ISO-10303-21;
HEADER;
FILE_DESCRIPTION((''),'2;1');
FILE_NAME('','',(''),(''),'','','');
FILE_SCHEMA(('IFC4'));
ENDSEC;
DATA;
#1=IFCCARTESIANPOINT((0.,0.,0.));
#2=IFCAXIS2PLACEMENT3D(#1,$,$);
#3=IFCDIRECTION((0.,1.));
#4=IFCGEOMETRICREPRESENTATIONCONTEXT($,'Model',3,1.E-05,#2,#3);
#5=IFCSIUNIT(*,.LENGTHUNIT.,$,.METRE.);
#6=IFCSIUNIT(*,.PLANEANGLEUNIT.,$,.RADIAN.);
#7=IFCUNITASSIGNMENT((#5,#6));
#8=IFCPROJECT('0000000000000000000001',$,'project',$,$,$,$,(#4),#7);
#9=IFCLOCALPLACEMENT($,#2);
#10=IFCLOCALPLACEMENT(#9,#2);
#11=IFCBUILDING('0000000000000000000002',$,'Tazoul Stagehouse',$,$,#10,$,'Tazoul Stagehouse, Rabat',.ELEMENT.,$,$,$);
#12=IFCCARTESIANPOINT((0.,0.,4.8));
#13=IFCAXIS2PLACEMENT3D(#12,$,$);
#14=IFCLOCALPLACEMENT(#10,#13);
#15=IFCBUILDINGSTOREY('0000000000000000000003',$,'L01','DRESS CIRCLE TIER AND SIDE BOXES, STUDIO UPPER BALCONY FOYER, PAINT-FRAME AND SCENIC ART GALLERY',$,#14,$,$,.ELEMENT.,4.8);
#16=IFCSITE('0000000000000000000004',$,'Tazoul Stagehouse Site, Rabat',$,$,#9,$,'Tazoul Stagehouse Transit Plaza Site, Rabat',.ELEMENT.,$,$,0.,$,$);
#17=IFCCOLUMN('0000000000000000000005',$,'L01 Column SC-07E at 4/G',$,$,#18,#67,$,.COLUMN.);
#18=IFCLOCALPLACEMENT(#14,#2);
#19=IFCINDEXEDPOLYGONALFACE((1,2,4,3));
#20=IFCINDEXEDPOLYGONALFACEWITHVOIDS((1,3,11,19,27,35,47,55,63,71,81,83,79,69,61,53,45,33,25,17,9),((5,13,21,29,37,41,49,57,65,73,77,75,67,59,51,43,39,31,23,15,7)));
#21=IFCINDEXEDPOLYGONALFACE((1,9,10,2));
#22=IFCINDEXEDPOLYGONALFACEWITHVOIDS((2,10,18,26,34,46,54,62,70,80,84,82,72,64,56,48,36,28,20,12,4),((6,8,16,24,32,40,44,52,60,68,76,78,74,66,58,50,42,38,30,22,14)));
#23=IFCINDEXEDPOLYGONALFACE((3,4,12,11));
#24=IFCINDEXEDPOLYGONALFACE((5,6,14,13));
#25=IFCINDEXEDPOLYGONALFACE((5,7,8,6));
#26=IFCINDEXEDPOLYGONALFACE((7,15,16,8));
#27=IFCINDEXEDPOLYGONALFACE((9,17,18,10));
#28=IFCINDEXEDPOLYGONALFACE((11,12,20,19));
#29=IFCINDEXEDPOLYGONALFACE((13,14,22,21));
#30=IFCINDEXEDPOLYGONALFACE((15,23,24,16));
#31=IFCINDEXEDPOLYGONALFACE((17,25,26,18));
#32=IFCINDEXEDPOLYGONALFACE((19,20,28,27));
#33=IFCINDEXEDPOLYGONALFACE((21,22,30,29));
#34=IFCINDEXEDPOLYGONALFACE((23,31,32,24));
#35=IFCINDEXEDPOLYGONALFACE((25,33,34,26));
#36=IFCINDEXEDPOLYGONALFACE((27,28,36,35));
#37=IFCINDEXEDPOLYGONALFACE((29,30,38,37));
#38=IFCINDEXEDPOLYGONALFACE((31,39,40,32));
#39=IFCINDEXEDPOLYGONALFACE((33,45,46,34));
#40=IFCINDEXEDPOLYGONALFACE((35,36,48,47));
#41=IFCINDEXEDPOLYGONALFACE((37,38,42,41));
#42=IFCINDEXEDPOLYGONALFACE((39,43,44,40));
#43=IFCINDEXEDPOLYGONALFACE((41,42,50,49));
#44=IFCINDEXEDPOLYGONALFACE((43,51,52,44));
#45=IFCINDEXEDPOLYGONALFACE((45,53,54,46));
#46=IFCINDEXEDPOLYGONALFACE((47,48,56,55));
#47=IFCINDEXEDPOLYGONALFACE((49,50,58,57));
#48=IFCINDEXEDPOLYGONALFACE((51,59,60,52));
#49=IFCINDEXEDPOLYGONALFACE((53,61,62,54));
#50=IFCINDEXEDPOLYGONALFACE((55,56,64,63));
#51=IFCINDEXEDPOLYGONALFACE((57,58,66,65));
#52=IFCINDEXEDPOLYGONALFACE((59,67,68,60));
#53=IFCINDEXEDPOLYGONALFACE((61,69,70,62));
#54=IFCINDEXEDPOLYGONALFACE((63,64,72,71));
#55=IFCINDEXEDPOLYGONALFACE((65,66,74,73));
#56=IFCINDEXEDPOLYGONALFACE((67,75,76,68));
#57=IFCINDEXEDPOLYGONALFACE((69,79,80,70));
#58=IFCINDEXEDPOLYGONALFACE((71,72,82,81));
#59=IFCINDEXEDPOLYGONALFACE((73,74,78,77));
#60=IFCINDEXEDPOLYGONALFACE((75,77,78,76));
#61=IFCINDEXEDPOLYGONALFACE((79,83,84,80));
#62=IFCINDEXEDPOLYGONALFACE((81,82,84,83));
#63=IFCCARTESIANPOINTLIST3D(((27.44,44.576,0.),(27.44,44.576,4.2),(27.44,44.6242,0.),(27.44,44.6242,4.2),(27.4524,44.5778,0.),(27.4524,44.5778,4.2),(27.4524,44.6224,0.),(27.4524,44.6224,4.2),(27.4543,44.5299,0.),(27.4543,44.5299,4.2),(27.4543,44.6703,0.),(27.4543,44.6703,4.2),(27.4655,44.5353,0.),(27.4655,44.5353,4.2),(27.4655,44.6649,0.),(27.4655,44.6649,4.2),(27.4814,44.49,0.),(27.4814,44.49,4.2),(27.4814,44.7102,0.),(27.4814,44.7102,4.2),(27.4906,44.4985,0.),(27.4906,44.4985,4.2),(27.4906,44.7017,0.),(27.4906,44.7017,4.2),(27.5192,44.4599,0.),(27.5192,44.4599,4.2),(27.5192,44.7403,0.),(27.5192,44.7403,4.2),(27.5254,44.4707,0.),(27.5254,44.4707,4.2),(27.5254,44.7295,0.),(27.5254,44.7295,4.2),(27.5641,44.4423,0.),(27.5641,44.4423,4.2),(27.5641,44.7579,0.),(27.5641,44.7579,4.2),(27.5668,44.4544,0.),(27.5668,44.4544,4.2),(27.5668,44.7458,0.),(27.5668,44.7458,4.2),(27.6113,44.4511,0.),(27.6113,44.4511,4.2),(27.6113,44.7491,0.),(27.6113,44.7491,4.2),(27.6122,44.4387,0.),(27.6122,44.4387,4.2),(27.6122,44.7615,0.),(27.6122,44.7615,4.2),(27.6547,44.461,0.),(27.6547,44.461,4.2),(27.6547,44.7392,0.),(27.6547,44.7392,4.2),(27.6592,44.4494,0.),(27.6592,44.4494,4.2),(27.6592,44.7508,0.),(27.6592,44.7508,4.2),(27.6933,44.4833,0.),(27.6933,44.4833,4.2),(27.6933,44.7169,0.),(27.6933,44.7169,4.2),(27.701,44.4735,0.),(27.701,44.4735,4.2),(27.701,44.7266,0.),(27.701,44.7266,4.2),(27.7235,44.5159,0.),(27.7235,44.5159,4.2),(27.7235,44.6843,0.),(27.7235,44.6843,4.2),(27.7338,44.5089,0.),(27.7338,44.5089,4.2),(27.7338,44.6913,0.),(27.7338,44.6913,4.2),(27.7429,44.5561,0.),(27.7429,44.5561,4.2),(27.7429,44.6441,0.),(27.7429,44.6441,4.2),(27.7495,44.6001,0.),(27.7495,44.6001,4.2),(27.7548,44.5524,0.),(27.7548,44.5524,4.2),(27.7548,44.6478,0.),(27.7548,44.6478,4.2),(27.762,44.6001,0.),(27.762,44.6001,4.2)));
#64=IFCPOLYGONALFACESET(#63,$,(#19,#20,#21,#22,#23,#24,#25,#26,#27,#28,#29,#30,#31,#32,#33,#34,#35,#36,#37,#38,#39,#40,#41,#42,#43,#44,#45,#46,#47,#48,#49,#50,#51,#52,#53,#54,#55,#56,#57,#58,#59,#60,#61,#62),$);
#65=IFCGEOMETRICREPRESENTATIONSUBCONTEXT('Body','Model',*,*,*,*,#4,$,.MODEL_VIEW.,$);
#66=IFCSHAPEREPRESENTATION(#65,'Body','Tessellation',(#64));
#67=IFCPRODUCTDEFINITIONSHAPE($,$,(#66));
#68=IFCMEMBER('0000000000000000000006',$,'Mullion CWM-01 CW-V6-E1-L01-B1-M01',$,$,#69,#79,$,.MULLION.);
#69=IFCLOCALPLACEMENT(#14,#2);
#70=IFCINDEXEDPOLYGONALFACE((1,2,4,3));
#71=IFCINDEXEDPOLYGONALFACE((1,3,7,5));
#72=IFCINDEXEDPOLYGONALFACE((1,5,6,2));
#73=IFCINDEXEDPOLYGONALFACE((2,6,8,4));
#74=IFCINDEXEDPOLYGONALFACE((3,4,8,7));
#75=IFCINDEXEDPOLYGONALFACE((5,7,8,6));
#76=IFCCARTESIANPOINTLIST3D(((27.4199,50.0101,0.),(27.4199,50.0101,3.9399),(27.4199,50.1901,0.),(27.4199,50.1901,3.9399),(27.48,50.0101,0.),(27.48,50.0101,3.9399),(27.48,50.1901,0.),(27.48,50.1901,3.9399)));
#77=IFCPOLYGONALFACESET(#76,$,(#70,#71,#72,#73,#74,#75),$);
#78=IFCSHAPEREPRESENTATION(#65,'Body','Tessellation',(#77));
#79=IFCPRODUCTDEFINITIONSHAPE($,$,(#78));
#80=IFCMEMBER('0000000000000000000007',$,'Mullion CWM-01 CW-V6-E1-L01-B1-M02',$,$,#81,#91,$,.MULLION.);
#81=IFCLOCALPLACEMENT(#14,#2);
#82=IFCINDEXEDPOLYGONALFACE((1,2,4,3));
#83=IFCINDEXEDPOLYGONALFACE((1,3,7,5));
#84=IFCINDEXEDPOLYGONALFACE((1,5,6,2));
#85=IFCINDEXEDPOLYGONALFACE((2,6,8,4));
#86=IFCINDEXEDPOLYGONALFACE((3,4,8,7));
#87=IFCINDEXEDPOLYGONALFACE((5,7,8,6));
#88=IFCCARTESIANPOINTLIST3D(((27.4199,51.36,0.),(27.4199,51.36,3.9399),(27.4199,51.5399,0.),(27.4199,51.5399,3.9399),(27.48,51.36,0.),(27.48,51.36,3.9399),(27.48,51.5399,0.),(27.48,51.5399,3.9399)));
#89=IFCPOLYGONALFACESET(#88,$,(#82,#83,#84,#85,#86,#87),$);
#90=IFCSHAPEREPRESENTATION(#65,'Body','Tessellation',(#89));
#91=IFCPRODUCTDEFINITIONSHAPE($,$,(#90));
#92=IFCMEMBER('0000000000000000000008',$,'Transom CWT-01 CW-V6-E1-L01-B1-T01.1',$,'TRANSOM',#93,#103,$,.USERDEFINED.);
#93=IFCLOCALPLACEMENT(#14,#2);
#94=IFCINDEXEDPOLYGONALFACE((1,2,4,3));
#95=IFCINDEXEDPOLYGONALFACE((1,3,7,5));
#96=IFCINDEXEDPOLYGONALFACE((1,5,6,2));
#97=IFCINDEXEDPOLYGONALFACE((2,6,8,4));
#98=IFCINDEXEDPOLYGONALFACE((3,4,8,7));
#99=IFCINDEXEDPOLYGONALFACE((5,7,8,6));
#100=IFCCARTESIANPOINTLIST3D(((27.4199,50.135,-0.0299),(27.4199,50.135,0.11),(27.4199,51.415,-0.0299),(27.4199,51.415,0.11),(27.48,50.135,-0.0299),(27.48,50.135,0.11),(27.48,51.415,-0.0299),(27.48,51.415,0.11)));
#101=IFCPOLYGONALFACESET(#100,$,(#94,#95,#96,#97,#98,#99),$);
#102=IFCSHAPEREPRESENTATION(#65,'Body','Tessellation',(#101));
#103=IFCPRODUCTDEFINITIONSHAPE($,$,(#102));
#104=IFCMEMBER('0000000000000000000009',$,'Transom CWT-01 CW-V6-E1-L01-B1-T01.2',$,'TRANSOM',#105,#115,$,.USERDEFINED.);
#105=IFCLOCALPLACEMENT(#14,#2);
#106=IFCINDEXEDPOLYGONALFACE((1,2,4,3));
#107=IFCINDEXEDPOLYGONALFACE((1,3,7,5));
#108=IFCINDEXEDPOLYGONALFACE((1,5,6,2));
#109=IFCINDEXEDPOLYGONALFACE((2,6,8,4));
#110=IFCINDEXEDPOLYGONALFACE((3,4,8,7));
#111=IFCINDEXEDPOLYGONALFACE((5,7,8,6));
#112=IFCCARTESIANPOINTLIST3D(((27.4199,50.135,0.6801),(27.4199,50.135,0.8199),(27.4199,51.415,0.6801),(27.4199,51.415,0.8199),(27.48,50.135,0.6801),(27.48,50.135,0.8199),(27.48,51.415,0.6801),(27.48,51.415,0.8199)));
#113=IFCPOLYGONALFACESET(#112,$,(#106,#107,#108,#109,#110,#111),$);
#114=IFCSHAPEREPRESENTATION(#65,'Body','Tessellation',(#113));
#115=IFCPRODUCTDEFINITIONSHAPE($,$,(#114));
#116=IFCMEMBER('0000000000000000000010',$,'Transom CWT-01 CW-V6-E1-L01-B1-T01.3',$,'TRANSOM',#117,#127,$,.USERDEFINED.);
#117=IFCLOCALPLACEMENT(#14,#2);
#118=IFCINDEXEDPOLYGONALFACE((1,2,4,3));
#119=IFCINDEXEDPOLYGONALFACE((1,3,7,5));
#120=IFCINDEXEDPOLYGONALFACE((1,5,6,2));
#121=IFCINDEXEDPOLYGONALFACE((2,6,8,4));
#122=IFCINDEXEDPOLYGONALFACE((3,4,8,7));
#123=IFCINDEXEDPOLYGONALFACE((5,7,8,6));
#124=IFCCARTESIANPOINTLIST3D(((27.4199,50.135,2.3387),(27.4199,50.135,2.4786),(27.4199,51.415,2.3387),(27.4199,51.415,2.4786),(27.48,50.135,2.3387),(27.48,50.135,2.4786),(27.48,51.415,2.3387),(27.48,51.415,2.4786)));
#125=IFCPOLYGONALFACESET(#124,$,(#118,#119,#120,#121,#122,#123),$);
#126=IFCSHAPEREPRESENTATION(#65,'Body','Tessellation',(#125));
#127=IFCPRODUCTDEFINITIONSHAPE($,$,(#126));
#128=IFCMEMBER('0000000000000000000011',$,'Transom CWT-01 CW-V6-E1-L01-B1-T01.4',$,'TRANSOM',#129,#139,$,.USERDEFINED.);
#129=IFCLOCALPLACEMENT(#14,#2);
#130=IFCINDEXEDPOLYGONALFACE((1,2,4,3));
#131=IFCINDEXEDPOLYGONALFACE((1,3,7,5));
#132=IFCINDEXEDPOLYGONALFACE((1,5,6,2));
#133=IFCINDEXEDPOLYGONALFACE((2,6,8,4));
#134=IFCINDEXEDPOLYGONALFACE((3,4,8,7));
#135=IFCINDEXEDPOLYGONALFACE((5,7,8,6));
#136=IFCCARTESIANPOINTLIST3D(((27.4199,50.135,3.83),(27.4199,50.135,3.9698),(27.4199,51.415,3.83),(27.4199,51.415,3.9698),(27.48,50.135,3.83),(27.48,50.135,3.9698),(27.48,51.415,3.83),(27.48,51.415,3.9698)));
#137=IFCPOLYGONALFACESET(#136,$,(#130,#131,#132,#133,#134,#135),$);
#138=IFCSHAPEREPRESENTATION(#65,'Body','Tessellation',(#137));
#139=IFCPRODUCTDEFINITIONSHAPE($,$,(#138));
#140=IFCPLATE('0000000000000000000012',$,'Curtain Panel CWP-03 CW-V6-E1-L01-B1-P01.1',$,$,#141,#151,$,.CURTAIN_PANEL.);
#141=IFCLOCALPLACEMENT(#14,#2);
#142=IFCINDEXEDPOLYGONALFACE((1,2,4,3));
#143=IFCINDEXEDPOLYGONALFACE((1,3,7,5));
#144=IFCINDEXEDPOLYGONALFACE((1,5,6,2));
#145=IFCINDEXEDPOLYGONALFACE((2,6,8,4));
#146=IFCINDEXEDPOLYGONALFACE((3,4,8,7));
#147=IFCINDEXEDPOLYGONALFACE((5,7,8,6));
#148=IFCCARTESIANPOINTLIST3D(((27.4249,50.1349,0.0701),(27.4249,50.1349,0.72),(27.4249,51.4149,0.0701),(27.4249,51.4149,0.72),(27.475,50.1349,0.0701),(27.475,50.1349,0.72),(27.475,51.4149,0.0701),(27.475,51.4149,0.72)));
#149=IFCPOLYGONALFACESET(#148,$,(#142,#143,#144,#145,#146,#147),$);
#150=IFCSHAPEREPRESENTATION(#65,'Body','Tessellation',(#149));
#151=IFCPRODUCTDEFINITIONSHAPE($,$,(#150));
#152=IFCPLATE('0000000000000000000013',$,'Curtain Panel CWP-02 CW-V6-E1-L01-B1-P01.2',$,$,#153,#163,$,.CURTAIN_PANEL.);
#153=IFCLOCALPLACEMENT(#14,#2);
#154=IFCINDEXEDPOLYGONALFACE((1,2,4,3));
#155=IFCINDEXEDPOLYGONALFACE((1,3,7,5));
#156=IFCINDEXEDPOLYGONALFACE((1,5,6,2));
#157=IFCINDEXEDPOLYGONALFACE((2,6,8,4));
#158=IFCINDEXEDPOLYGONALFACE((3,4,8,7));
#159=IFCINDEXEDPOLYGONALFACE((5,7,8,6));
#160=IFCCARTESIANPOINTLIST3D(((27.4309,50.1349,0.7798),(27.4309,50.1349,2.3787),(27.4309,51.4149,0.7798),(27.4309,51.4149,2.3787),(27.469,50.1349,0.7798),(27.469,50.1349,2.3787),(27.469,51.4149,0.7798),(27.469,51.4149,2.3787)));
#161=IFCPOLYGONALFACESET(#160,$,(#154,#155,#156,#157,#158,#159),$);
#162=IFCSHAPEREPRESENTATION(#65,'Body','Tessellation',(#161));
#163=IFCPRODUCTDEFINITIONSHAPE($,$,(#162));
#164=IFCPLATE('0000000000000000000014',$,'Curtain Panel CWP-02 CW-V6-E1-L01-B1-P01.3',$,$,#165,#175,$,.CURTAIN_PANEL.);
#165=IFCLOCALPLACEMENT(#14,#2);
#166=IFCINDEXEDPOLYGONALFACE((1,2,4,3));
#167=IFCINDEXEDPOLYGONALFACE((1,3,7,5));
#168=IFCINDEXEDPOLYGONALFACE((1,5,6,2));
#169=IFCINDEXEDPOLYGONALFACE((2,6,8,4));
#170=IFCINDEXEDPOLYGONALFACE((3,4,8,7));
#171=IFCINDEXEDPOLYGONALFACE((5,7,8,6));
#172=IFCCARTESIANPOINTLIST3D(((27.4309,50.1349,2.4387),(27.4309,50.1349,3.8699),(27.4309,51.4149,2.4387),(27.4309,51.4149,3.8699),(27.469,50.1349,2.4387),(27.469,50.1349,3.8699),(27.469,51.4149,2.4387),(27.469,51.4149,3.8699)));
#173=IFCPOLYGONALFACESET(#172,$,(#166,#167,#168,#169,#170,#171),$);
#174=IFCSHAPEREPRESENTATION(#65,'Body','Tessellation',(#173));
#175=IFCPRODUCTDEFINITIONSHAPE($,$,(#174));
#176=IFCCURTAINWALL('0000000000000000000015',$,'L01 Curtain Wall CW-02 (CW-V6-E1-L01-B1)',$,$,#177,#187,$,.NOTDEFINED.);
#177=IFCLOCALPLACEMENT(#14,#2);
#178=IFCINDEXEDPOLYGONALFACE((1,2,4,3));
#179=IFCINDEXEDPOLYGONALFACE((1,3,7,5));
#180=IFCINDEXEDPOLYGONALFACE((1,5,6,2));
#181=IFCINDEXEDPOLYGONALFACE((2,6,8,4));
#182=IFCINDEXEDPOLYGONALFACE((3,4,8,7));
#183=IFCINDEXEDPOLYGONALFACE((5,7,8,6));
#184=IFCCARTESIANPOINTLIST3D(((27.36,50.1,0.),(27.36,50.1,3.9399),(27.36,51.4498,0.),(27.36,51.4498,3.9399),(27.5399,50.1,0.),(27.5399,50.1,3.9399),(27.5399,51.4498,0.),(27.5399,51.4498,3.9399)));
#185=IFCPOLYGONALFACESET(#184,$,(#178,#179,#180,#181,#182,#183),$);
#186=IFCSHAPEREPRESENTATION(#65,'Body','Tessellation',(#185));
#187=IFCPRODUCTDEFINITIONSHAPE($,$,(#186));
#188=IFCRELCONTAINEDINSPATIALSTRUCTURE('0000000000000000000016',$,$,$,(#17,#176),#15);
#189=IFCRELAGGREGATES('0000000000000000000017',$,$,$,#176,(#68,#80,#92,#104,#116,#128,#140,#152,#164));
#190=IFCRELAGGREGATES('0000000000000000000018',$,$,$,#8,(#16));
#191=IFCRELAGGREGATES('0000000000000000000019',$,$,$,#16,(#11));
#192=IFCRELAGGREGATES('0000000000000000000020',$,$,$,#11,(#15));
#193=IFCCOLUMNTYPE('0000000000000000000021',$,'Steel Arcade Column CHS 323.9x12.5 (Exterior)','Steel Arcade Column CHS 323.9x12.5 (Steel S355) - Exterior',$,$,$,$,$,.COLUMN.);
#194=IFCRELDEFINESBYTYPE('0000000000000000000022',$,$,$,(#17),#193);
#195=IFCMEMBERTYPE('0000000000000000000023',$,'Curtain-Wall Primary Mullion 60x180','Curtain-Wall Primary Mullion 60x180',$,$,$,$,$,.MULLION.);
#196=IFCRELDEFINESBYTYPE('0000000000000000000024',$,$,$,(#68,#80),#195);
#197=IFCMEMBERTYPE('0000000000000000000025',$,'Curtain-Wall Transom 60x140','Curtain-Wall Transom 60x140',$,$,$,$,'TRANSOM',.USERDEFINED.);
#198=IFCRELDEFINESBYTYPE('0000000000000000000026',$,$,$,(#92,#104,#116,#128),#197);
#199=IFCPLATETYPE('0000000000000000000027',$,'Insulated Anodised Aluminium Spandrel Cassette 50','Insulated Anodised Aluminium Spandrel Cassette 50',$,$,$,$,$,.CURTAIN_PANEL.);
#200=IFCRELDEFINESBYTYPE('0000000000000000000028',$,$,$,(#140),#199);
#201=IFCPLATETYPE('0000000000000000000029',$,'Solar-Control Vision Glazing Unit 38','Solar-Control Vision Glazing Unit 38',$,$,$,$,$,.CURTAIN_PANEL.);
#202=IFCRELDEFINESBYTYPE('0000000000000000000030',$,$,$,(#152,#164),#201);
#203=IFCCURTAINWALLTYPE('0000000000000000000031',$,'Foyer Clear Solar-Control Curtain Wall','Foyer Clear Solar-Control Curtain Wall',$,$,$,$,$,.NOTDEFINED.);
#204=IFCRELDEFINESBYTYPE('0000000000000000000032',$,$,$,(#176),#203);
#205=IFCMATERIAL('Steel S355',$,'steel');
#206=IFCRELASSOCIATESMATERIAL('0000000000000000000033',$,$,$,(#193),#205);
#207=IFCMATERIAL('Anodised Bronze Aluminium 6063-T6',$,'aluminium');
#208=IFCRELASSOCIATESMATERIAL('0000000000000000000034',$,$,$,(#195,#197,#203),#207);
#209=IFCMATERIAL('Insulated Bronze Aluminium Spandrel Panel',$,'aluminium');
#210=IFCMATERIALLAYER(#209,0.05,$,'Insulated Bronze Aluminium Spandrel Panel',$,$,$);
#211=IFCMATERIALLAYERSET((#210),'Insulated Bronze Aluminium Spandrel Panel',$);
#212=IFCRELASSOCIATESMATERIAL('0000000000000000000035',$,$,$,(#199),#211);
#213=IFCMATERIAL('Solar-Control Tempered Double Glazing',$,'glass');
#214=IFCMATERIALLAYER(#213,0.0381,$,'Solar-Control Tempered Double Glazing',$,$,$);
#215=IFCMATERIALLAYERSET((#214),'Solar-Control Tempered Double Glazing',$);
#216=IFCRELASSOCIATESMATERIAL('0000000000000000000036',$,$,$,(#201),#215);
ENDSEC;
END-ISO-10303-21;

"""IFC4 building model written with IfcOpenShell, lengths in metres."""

from ifc_helpers import new_model, si_unit, direction, frame, frame_2d, origin, origin_2d, place, context, subcontext, project, spatial, rectangle, hollow_circle, extrude, material, layer, layer_set, material_profile, profile_set, type_object, element, aggregate, save


model = new_model("IFC4")

# Units and contexts
model_context = context("Model", 3, precision=1e-05, world=origin(), true_north=direction((0.0, 1.0)))
body_context = subcontext(model_context, "Body", "Model", "MODEL_VIEW")
ifc_project = project(units=[si_unit("LENGTHUNIT", "METRE"), si_unit("PLANEANGLEUNIT", "RADIAN")], contexts=[model_context])

# Site, building, storey
site_placement = place(None, origin())
site = spatial("IfcSite", under=ifc_project, at=site_placement, Name="Tazoul Stagehouse Site, Rabat", LongName="Tazoul Stagehouse Transit Plaza Site, Rabat", CompositionType="ELEMENT", RefElevation=0.0)
building_placement = place(site_placement, origin())
building = spatial("IfcBuilding", under=site, at=building_placement, Name="Tazoul Stagehouse", LongName="Tazoul Stagehouse, Rabat", CompositionType="ELEMENT")
storey_placement = place(building_placement, frame((0.0, 0.0, 4.8)))
storey = spatial("IfcBuildingStorey", under=building, at=storey_placement, Name="L01", Description="DRESS CIRCLE TIER AND SIDE BOXES, STUDIO UPPER BALCONY FOYER, PAINT-FRAME AND SCENIC ART GALLERY", CompositionType="ELEMENT", Elevation=4.8)

# Column
ifc_material_1 = material(Name="Steel S355", Category="steel")
ifc_material_profile_1 = material_profile(ifc_material_1, hollow_circle(Radius=0.1619, WallThickness=0.0125, at=origin_2d()), Name="CHS 323.9x12.5")
ifc_profile_set_1 = profile_set([ifc_material_profile_1], Name="Steel S355")
column_type = type_object("IfcColumnType", Name="Steel Arcade Column CHS 323.9x12.5 (Exterior)", Description="Steel Arcade Column CHS 323.9x12.5 (Steel S355) - Exterior", PredefinedType="COLUMN", material=ifc_profile_set_1)
column_placement = place(storey_placement, frame((27.6001, 44.6001, 0.0), z_axis=(0.0, 0.0, 1.0), x_axis=(1.0, 0.0, 0.0)))
element("IfcColumn", 1, at=column_placement, inside=storey, type_object=column_type, Name="L01 Column SC-07E at 4/G", PredefinedType="COLUMN", context=body_context, shape_type="SweptSolid", body=[
    extrude(hollow_circle(Radius=0.1619, WallThickness=0.0125, at=origin_2d()), origin(), (0.0, 0.0, 1.0), 4.2),
])

# Members
ifc_material_2 = material(Name="Anodised Bronze Aluminium 6063-T6", Category="aluminium")
ifc_material_profile_2 = material_profile(ifc_material_2, rectangle(XDim=0.0601, YDim=0.1799, at=origin_2d()), Name="ALU MULLION 60x180")
ifc_profile_set_2 = profile_set([ifc_material_profile_2], Name="Anodised Bronze Aluminium 6063-T6")
member_type_1 = type_object("IfcMemberType", Name="Curtain-Wall Primary Mullion 60x180", Description="Curtain-Wall Primary Mullion 60x180", PredefinedType="MULLION", material=ifc_profile_set_2)
member_1_placement = place(storey_placement, frame((27.45, 50.1001, 0.0), z_axis=(0.0, 0.0, 1.0), x_axis=(1.0, 0.0, 0.0)))
member_1 = element("IfcMember", 2, at=member_1_placement, type_object=member_type_1, Name="Mullion CWM-01 CW-V6-E1-L01-B1-M01", PredefinedType="MULLION", context=body_context, shape_type="SweptSolid", body=[
    extrude(rectangle(XDim=0.0601, YDim=0.1799, at=origin_2d()), origin(), (0.0, 0.0, 1.0), 3.9399),
])
member_2_placement = place(storey_placement, frame((27.45, 51.45, 0.0), z_axis=(0.0, 0.0, 1.0), x_axis=(1.0, 0.0, 0.0)))
member_2 = element("IfcMember", 3, at=member_2_placement, type_object=member_type_1, Name="Mullion CWM-01 CW-V6-E1-L01-B1-M02", PredefinedType="MULLION", context=body_context, shape_type="SweptSolid", body=[
    extrude(rectangle(XDim=0.0601, YDim=0.1799, at=origin_2d()), origin(), (0.0, 0.0, 1.0), 3.9399),
])
ifc_material_profile_3 = material_profile(ifc_material_2, rectangle(XDim=0.0601, YDim=0.1399, at=origin_2d()), Name="ALU TRANSOM 60x140")
ifc_profile_set_3 = profile_set([ifc_material_profile_3], Name="Anodised Bronze Aluminium 6063-T6")
member_type_2 = type_object("IfcMemberType", Name="Curtain-Wall Transom 60x140", Description="Curtain-Wall Transom 60x140", ElementType="TRANSOM", PredefinedType="USERDEFINED", material=ifc_profile_set_3)
member_3_placement = place(storey_placement, frame((27.45, 50.135, 0.04), z_axis=(0.0, 1.0, 0.0), x_axis=(-1.0, 0.0, 0.0)))
member_3 = element("IfcMember", 4, at=member_3_placement, type_object=member_type_2, Name="Transom CWT-01 CW-V6-E1-L01-B1-T01.1", ObjectType="TRANSOM", PredefinedType="USERDEFINED", context=body_context, shape_type="SweptSolid", body=[
    extrude(rectangle(XDim=0.0601, YDim=0.1399, at=origin_2d()), origin(), (0.0, 0.0, 1.0), 1.28),
])
member_4_placement = place(storey_placement, frame((27.45, 50.135, 0.75), z_axis=(0.0, 1.0, 0.0), x_axis=(-1.0, 0.0, 0.0)))
member_4 = element("IfcMember", 5, at=member_4_placement, type_object=member_type_2, Name="Transom CWT-01 CW-V6-E1-L01-B1-T01.2", ObjectType="TRANSOM", PredefinedType="USERDEFINED", context=body_context, shape_type="SweptSolid", body=[
    extrude(rectangle(XDim=0.0601, YDim=0.1399, at=origin_2d()), origin(), (0.0, 0.0, 1.0), 1.28),
])
member_5_placement = place(storey_placement, frame((27.45, 50.135, 2.4087), z_axis=(0.0, 1.0, 0.0), x_axis=(-1.0, 0.0, 0.0)))
member_5 = element("IfcMember", 6, at=member_5_placement, type_object=member_type_2, Name="Transom CWT-01 CW-V6-E1-L01-B1-T01.3", ObjectType="TRANSOM", PredefinedType="USERDEFINED", context=body_context, shape_type="SweptSolid", body=[
    extrude(rectangle(XDim=0.0601, YDim=0.1399, at=origin_2d()), origin(), (0.0, 0.0, 1.0), 1.28),
])
member_6_placement = place(storey_placement, frame((27.45, 50.135, 3.8999), z_axis=(0.0, 1.0, 0.0), x_axis=(-1.0, 0.0, 0.0)))
member_6 = element("IfcMember", 7, at=member_6_placement, type_object=member_type_2, Name="Transom CWT-01 CW-V6-E1-L01-B1-T01.4", ObjectType="TRANSOM", PredefinedType="USERDEFINED", context=body_context, shape_type="SweptSolid", body=[
    extrude(rectangle(XDim=0.0601, YDim=0.1399, at=origin_2d()), origin(), (0.0, 0.0, 1.0), 1.28),
])

# Plate
ifc_material_3 = material(Name="Insulated Bronze Aluminium Spandrel Panel", Category="aluminium")
ifc_layer_1 = layer(ifc_material_3, 0.05, Name="Insulated Bronze Aluminium Spandrel Panel")
ifc_layer_set_1 = layer_set([ifc_layer_1], Name="Insulated Bronze Aluminium Spandrel Panel")
plate_type_1 = type_object("IfcPlateType", Name="Insulated Anodised Aluminium Spandrel Cassette 50", Description="Insulated Anodised Aluminium Spandrel Cassette 50", PredefinedType="CURTAIN_PANEL", material=ifc_layer_set_1)
plate_1_placement = place(storey_placement, frame((27.45, 50.7749, 0.0701), z_axis=(0.0, 0.0, 1.0), x_axis=(0.0, 1.0, 0.0)))
plate_1 = element("IfcPlate", 8, at=plate_1_placement, type_object=plate_type_1, Name="Curtain Panel CWP-03 CW-V6-E1-L01-B1-P01.1", PredefinedType="CURTAIN_PANEL", context=body_context, shape_type="SweptSolid", body=[
    extrude(rectangle(XDim=1.28, YDim=0.05, at=origin_2d()), origin(), (0.0, 0.0, 1.0), 0.6499),
])

# Plates
ifc_material_4 = material(Name="Solar-Control Tempered Double Glazing", Category="glass")
ifc_layer_2 = layer(ifc_material_4, 0.0381, Name="Solar-Control Tempered Double Glazing")
ifc_layer_set_2 = layer_set([ifc_layer_2], Name="Solar-Control Tempered Double Glazing")
plate_type_2 = type_object("IfcPlateType", Name="Solar-Control Vision Glazing Unit 38", Description="Solar-Control Vision Glazing Unit 38", PredefinedType="CURTAIN_PANEL", material=ifc_layer_set_2)
plate_2_placement = place(storey_placement, frame((27.45, 50.7749, 0.7798), z_axis=(0.0, 0.0, 1.0), x_axis=(0.0, 1.0, 0.0)))
plate_2 = element("IfcPlate", 9, at=plate_2_placement, type_object=plate_type_2, Name="Curtain Panel CWP-02 CW-V6-E1-L01-B1-P01.2", PredefinedType="CURTAIN_PANEL", context=body_context, shape_type="SweptSolid", body=[
    extrude(rectangle(XDim=1.28, YDim=0.0381, at=origin_2d()), origin(), (0.0, 0.0, 1.0), 1.5989),
])
plate_3_placement = place(storey_placement, frame((27.45, 50.7749, 2.4387), z_axis=(0.0, 0.0, 1.0), x_axis=(0.0, 1.0, 0.0)))
plate_3 = element("IfcPlate", 10, at=plate_3_placement, type_object=plate_type_2, Name="Curtain Panel CWP-02 CW-V6-E1-L01-B1-P01.3", PredefinedType="CURTAIN_PANEL", context=body_context, shape_type="SweptSolid", body=[
    extrude(rectangle(XDim=1.28, YDim=0.0381, at=origin_2d()), origin(), (0.0, 0.0, 1.0), 1.4312),
])

# Curtain wall
curtain_wall_type = type_object("IfcCurtainWallType", Name="Foyer Clear Solar-Control Curtain Wall", Description="Foyer Clear Solar-Control Curtain Wall", PredefinedType="NOTDEFINED", material=ifc_material_2)
curtain_wall_placement = place(storey_placement, frame((27.45, 50.1001, 0.0), z_axis=(0.0, 0.0, 1.0), x_axis=(0.0, 1.0, 0.0)))
curtain_wall = element("IfcCurtainWall", 11, at=curtain_wall_placement, inside=storey, type_object=curtain_wall_type, Name="L01 Curtain Wall CW-02 (CW-V6-E1-L01-B1)", PredefinedType="NOTDEFINED", context=body_context, shape_type="SweptSolid", body=[
    extrude(rectangle(XDim=1.3499, YDim=0.1799, at=frame_2d((0.6748, 0.0))), origin(), (0.0, 0.0, 1.0), 3.9399),
])
aggregate(curtain_wall, [member_1, member_2, member_3, member_4, member_5, member_6, plate_1, plate_2, plate_3])

save(model, "model.ifc")
